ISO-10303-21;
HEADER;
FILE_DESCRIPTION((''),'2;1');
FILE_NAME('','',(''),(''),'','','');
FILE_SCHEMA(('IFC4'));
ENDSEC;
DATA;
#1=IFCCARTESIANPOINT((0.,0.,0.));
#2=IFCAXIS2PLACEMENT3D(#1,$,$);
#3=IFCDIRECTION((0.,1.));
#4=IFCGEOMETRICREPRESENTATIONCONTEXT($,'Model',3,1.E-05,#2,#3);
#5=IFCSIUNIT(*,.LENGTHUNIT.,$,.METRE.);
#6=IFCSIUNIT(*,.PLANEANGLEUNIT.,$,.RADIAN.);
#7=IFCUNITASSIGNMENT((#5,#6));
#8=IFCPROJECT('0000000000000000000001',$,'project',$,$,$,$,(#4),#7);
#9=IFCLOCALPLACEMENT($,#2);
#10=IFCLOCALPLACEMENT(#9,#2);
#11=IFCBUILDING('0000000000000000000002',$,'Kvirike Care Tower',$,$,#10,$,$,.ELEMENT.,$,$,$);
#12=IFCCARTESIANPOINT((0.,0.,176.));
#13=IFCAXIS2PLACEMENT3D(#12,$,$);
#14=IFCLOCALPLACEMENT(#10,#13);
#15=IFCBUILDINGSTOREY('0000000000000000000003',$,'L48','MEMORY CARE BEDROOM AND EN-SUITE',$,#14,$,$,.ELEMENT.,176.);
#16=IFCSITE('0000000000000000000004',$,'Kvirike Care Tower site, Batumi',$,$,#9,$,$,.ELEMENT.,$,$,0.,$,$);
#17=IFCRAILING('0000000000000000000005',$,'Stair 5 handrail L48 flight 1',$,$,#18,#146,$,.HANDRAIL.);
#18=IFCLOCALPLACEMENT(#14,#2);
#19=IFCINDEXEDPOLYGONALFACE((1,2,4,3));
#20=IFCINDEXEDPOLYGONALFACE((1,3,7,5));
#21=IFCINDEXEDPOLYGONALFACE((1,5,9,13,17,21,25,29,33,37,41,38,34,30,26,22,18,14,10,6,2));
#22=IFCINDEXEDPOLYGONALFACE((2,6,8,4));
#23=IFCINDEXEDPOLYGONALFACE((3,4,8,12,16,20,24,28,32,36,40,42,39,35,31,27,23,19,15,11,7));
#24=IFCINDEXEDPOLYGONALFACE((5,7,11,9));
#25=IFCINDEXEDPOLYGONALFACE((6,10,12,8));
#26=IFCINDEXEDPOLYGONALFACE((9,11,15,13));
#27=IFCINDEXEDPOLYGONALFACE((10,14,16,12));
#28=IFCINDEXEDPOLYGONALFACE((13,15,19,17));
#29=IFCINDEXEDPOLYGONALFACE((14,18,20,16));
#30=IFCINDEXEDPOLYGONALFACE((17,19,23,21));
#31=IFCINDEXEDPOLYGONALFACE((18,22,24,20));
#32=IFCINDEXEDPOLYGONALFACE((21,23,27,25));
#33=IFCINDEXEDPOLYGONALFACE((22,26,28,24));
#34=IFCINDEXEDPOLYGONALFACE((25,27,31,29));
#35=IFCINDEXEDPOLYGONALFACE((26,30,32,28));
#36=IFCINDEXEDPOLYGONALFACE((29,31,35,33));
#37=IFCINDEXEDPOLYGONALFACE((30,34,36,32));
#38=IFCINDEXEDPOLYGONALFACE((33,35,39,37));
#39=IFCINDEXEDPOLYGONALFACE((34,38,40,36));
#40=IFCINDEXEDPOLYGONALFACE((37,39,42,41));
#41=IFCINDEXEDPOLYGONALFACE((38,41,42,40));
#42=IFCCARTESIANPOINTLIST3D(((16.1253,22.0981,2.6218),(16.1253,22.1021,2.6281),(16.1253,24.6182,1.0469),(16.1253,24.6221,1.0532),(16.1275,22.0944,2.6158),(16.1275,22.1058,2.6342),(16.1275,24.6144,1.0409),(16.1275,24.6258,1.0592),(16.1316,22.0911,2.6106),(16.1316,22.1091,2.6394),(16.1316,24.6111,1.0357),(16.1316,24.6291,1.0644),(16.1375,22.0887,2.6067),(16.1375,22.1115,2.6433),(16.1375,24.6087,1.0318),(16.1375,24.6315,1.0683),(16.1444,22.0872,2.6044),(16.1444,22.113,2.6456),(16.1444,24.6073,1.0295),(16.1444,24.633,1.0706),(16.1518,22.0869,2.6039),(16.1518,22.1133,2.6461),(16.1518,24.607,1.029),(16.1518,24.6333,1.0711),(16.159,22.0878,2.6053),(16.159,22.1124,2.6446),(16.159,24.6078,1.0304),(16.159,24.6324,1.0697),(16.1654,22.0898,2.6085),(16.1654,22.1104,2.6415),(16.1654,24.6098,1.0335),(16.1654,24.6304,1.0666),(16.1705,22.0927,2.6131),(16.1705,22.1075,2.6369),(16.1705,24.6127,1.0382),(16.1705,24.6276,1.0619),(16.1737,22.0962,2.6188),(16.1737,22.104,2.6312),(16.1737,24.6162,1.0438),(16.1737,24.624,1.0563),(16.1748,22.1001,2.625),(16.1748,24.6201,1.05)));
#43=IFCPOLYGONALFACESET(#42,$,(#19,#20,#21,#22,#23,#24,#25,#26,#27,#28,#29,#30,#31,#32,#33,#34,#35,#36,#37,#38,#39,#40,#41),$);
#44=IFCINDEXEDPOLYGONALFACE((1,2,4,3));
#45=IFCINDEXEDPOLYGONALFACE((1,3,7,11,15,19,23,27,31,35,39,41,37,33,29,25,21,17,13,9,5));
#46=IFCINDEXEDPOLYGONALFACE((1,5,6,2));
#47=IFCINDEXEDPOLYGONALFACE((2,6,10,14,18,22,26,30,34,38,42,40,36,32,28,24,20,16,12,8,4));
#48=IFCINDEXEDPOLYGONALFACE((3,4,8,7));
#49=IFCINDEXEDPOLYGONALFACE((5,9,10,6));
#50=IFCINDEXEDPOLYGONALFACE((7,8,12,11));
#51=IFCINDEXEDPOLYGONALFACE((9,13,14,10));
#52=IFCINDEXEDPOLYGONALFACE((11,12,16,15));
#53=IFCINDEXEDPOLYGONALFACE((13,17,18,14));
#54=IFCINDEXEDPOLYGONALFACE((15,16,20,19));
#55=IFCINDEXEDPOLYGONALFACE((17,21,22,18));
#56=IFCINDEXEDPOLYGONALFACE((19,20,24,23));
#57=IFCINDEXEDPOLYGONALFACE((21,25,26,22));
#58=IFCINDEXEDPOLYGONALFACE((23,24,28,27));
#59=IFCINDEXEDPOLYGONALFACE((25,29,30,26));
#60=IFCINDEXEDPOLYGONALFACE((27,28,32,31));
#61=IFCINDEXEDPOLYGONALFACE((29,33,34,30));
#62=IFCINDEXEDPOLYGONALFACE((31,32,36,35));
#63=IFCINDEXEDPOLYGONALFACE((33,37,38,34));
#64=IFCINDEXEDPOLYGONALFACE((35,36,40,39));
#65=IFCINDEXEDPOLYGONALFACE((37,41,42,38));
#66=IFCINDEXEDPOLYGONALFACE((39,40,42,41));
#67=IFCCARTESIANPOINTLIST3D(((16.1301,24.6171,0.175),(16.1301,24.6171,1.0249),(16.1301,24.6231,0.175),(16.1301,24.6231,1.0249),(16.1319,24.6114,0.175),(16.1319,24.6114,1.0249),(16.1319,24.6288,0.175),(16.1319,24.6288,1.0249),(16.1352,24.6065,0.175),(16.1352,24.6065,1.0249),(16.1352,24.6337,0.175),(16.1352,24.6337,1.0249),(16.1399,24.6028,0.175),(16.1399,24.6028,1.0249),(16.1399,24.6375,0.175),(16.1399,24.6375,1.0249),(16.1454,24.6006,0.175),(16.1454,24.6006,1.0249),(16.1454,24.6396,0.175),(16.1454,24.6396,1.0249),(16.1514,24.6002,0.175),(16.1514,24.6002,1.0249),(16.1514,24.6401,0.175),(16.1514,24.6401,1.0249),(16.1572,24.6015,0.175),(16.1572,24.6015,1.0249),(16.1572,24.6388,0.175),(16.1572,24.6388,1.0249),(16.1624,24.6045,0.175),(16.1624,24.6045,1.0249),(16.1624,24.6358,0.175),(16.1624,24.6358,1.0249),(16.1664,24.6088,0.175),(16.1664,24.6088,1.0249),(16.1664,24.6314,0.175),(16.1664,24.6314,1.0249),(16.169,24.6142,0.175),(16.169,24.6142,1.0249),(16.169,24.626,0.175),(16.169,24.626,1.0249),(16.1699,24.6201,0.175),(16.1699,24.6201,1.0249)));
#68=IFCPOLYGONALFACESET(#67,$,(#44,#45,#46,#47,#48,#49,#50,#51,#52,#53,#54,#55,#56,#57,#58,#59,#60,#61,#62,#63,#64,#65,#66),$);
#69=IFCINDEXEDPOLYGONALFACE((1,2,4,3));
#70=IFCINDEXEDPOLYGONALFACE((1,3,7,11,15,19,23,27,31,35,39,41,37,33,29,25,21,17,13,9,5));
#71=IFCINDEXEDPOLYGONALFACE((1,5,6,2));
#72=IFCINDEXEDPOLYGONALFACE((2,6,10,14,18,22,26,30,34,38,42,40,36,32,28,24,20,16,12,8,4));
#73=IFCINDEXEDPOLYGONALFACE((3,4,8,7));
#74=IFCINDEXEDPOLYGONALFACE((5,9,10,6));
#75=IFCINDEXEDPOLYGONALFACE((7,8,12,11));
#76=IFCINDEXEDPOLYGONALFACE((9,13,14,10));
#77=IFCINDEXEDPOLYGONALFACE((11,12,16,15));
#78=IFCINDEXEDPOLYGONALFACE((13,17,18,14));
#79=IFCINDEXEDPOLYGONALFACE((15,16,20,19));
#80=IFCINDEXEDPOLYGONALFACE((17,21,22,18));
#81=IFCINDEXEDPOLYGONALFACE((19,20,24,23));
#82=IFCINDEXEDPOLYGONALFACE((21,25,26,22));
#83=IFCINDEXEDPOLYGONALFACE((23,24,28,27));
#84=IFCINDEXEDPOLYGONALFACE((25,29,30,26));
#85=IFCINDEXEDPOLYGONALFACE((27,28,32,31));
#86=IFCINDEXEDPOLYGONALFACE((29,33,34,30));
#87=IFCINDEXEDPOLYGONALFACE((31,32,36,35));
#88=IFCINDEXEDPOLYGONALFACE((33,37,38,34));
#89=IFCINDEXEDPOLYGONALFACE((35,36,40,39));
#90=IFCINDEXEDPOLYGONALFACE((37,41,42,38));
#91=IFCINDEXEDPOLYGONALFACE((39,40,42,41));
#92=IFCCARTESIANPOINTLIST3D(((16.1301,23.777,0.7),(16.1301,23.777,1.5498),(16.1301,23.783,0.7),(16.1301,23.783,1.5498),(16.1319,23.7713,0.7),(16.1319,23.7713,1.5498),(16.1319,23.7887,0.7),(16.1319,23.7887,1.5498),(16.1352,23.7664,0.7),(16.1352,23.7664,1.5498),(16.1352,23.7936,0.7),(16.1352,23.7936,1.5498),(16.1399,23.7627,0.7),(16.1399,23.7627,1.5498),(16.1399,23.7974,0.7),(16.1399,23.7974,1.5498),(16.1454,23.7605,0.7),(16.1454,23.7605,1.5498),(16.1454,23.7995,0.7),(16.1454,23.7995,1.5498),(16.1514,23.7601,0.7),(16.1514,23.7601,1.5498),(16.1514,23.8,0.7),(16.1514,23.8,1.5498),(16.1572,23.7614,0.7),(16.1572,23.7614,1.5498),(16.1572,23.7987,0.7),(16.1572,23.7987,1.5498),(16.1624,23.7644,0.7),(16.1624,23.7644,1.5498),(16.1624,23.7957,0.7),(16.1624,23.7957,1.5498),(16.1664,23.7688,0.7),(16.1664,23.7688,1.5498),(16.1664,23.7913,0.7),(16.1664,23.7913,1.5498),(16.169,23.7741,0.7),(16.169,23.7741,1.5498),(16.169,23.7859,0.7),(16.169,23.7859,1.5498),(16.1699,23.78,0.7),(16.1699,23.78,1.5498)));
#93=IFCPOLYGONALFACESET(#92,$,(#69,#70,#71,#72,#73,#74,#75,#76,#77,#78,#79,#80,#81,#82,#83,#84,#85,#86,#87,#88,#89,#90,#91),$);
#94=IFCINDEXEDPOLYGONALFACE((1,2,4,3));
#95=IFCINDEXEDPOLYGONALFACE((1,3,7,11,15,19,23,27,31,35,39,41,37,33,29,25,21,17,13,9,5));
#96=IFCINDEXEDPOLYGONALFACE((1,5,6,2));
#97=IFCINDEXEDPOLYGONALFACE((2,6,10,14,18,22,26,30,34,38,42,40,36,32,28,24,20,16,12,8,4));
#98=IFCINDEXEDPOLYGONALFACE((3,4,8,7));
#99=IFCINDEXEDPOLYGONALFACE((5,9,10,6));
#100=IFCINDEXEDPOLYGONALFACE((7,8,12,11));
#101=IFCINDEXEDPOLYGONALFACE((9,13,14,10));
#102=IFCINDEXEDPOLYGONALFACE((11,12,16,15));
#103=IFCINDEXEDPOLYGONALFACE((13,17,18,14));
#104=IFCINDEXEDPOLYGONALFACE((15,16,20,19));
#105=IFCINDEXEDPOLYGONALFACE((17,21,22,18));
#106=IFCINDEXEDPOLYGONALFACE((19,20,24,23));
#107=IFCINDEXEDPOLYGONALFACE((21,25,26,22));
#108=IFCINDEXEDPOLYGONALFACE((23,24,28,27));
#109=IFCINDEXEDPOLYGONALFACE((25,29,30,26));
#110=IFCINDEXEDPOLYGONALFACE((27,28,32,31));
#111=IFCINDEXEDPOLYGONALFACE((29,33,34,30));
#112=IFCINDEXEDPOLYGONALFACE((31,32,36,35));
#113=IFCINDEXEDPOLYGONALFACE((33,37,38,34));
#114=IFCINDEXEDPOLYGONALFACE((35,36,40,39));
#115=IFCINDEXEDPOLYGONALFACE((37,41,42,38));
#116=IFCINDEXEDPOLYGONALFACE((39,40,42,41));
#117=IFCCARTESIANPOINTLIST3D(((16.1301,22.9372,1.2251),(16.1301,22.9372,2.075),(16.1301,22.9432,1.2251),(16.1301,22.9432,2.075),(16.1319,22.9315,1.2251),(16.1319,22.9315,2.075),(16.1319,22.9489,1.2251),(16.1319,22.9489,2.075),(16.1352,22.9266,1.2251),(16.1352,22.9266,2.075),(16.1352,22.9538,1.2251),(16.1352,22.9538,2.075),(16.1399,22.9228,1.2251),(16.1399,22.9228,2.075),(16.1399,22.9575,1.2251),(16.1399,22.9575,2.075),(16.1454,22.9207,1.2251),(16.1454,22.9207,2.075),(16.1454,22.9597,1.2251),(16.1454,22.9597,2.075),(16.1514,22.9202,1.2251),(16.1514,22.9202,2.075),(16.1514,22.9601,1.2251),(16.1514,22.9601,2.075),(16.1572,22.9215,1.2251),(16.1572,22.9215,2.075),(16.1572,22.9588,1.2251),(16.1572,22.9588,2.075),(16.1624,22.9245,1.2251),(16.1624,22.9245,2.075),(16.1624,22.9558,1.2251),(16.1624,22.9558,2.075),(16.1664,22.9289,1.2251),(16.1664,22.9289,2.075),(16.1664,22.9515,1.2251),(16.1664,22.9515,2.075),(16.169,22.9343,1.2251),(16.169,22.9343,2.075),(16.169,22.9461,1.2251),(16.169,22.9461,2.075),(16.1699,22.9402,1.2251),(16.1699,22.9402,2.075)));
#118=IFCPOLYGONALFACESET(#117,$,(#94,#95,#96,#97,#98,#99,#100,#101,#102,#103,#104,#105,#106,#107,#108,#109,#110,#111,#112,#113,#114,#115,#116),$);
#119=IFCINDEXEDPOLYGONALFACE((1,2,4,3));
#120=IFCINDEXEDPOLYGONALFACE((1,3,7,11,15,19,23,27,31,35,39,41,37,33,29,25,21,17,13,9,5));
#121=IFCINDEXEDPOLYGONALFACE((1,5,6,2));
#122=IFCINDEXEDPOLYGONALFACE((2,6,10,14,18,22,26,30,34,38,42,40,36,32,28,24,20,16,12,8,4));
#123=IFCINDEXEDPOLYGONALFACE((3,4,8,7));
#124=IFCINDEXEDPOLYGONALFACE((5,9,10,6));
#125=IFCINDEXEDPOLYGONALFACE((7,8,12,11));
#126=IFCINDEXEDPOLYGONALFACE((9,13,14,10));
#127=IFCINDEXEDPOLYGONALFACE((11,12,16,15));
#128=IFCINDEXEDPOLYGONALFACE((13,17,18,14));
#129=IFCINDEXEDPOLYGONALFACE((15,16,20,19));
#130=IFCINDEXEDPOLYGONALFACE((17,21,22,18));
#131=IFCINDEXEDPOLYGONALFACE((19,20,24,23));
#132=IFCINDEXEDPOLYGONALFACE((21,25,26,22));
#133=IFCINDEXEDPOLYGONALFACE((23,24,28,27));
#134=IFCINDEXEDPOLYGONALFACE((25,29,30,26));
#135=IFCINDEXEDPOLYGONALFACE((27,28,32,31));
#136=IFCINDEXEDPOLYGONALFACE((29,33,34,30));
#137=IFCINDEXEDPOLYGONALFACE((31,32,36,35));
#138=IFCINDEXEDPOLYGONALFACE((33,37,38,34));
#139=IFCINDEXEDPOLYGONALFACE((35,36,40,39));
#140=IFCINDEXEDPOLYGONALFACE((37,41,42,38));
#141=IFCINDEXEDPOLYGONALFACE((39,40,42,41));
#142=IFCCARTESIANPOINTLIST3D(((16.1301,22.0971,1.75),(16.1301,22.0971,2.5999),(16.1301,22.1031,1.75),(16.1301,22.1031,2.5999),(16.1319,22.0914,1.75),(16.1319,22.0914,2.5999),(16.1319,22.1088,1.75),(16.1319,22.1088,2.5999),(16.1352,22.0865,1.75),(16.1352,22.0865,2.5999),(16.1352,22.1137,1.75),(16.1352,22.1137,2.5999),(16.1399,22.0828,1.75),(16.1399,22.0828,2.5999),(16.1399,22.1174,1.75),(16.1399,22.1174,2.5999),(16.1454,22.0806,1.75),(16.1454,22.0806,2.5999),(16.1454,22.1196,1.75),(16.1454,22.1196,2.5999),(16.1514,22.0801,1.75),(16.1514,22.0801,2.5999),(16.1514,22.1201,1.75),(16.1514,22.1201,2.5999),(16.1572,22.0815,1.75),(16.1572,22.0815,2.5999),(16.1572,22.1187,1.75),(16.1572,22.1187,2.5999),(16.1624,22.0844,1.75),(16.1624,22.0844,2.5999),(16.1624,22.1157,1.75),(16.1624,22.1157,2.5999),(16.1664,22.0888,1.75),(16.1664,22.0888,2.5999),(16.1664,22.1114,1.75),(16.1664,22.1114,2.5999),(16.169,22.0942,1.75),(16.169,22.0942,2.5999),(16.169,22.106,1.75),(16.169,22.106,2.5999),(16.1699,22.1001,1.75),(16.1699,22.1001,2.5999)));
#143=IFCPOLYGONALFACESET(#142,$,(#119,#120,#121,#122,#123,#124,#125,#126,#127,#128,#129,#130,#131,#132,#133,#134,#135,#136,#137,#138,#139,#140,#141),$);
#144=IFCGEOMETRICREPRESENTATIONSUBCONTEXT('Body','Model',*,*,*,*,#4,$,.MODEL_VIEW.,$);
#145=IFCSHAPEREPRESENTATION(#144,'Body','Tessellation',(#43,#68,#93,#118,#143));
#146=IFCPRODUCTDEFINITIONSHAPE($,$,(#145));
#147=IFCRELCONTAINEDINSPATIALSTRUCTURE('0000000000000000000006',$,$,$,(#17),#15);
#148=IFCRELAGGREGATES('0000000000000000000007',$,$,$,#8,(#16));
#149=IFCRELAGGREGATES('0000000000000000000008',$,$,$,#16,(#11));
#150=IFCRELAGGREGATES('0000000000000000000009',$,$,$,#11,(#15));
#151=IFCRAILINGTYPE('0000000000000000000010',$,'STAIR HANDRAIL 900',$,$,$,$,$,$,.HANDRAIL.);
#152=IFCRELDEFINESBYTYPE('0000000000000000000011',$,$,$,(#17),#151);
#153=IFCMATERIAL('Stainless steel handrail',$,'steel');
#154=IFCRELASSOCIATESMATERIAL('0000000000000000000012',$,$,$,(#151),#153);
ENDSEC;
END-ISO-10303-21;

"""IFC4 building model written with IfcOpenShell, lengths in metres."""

from ifc_helpers import new_model, si_unit, direction, frame, origin, origin_2d, place, context, subcontext, project, spatial, circle, extrude, material, type_object, element, save


model = new_model("IFC4")

# Units and contexts
model_context = context("Model", 3, precision=1e-05, world=origin(), true_north=direction((0.0, 1.0)))
body_context = subcontext(model_context, "Body", "Model", "MODEL_VIEW")
ifc_project = project(units=[si_unit("LENGTHUNIT", "METRE"), si_unit("PLANEANGLEUNIT", "RADIAN")], contexts=[model_context])

# Site, building, storey
site_placement = place(None, origin())
site = spatial("IfcSite", under=ifc_project, at=site_placement, Name="Kvirike Care Tower site, Batumi", CompositionType="ELEMENT", RefElevation=0.0)
building_placement = place(site_placement, origin())
building = spatial("IfcBuilding", under=site, at=building_placement, Name="Kvirike Care Tower", CompositionType="ELEMENT")
storey_placement = place(building_placement, frame((0.0, 0.0, 176.0)))
storey = spatial("IfcBuildingStorey", under=building, at=storey_placement, Name="L48", Description="MEMORY CARE BEDROOM AND EN-SUITE", CompositionType="ELEMENT", Elevation=176.0)

# Railing
ifc_material_1 = material(Name="Stainless steel handrail", Category="steel")
railing_type = type_object("IfcRailingType", Name="STAIR HANDRAIL 900", PredefinedType="HANDRAIL", material=ifc_material_1)
railing_placement = place(storey_placement, frame((16.1499, 24.6201, 0.175)))
element("IfcRailing", 1, at=railing_placement, inside=storey, type_object=railing_type, Name="Stair 5 handrail L48 flight 1", PredefinedType="HANDRAIL", context=body_context, shape_type="SweptSolid", body=[
    extrude(circle(Radius=0.0249, at=origin_2d()), frame((0.0, 0.0, 0.875), z_axis=(0.0, -0.848008, 0.529984), x_axis=(1.0, 0.0, 0.0)), (0.0, 0.0, 1.0), 2.9717),
    extrude(circle(Radius=0.02, at=origin_2d()), origin(), (0.0, 0.0, 1.0), 0.8499),
    extrude(circle(Radius=0.02, at=origin_2d()), frame((0.0, -0.8401, 0.5249)), (0.0, 0.0, 1.0), 0.8499),
    extrude(circle(Radius=0.02, at=origin_2d()), frame((0.0, -1.6799, 1.05)), (0.0, 0.0, 1.0), 0.8499),
    extrude(circle(Radius=0.02, at=origin_2d()), frame((0.0, -2.52, 1.575)), (0.0, 0.0, 1.0), 0.8499),
])

save(model, "model.ifc")
